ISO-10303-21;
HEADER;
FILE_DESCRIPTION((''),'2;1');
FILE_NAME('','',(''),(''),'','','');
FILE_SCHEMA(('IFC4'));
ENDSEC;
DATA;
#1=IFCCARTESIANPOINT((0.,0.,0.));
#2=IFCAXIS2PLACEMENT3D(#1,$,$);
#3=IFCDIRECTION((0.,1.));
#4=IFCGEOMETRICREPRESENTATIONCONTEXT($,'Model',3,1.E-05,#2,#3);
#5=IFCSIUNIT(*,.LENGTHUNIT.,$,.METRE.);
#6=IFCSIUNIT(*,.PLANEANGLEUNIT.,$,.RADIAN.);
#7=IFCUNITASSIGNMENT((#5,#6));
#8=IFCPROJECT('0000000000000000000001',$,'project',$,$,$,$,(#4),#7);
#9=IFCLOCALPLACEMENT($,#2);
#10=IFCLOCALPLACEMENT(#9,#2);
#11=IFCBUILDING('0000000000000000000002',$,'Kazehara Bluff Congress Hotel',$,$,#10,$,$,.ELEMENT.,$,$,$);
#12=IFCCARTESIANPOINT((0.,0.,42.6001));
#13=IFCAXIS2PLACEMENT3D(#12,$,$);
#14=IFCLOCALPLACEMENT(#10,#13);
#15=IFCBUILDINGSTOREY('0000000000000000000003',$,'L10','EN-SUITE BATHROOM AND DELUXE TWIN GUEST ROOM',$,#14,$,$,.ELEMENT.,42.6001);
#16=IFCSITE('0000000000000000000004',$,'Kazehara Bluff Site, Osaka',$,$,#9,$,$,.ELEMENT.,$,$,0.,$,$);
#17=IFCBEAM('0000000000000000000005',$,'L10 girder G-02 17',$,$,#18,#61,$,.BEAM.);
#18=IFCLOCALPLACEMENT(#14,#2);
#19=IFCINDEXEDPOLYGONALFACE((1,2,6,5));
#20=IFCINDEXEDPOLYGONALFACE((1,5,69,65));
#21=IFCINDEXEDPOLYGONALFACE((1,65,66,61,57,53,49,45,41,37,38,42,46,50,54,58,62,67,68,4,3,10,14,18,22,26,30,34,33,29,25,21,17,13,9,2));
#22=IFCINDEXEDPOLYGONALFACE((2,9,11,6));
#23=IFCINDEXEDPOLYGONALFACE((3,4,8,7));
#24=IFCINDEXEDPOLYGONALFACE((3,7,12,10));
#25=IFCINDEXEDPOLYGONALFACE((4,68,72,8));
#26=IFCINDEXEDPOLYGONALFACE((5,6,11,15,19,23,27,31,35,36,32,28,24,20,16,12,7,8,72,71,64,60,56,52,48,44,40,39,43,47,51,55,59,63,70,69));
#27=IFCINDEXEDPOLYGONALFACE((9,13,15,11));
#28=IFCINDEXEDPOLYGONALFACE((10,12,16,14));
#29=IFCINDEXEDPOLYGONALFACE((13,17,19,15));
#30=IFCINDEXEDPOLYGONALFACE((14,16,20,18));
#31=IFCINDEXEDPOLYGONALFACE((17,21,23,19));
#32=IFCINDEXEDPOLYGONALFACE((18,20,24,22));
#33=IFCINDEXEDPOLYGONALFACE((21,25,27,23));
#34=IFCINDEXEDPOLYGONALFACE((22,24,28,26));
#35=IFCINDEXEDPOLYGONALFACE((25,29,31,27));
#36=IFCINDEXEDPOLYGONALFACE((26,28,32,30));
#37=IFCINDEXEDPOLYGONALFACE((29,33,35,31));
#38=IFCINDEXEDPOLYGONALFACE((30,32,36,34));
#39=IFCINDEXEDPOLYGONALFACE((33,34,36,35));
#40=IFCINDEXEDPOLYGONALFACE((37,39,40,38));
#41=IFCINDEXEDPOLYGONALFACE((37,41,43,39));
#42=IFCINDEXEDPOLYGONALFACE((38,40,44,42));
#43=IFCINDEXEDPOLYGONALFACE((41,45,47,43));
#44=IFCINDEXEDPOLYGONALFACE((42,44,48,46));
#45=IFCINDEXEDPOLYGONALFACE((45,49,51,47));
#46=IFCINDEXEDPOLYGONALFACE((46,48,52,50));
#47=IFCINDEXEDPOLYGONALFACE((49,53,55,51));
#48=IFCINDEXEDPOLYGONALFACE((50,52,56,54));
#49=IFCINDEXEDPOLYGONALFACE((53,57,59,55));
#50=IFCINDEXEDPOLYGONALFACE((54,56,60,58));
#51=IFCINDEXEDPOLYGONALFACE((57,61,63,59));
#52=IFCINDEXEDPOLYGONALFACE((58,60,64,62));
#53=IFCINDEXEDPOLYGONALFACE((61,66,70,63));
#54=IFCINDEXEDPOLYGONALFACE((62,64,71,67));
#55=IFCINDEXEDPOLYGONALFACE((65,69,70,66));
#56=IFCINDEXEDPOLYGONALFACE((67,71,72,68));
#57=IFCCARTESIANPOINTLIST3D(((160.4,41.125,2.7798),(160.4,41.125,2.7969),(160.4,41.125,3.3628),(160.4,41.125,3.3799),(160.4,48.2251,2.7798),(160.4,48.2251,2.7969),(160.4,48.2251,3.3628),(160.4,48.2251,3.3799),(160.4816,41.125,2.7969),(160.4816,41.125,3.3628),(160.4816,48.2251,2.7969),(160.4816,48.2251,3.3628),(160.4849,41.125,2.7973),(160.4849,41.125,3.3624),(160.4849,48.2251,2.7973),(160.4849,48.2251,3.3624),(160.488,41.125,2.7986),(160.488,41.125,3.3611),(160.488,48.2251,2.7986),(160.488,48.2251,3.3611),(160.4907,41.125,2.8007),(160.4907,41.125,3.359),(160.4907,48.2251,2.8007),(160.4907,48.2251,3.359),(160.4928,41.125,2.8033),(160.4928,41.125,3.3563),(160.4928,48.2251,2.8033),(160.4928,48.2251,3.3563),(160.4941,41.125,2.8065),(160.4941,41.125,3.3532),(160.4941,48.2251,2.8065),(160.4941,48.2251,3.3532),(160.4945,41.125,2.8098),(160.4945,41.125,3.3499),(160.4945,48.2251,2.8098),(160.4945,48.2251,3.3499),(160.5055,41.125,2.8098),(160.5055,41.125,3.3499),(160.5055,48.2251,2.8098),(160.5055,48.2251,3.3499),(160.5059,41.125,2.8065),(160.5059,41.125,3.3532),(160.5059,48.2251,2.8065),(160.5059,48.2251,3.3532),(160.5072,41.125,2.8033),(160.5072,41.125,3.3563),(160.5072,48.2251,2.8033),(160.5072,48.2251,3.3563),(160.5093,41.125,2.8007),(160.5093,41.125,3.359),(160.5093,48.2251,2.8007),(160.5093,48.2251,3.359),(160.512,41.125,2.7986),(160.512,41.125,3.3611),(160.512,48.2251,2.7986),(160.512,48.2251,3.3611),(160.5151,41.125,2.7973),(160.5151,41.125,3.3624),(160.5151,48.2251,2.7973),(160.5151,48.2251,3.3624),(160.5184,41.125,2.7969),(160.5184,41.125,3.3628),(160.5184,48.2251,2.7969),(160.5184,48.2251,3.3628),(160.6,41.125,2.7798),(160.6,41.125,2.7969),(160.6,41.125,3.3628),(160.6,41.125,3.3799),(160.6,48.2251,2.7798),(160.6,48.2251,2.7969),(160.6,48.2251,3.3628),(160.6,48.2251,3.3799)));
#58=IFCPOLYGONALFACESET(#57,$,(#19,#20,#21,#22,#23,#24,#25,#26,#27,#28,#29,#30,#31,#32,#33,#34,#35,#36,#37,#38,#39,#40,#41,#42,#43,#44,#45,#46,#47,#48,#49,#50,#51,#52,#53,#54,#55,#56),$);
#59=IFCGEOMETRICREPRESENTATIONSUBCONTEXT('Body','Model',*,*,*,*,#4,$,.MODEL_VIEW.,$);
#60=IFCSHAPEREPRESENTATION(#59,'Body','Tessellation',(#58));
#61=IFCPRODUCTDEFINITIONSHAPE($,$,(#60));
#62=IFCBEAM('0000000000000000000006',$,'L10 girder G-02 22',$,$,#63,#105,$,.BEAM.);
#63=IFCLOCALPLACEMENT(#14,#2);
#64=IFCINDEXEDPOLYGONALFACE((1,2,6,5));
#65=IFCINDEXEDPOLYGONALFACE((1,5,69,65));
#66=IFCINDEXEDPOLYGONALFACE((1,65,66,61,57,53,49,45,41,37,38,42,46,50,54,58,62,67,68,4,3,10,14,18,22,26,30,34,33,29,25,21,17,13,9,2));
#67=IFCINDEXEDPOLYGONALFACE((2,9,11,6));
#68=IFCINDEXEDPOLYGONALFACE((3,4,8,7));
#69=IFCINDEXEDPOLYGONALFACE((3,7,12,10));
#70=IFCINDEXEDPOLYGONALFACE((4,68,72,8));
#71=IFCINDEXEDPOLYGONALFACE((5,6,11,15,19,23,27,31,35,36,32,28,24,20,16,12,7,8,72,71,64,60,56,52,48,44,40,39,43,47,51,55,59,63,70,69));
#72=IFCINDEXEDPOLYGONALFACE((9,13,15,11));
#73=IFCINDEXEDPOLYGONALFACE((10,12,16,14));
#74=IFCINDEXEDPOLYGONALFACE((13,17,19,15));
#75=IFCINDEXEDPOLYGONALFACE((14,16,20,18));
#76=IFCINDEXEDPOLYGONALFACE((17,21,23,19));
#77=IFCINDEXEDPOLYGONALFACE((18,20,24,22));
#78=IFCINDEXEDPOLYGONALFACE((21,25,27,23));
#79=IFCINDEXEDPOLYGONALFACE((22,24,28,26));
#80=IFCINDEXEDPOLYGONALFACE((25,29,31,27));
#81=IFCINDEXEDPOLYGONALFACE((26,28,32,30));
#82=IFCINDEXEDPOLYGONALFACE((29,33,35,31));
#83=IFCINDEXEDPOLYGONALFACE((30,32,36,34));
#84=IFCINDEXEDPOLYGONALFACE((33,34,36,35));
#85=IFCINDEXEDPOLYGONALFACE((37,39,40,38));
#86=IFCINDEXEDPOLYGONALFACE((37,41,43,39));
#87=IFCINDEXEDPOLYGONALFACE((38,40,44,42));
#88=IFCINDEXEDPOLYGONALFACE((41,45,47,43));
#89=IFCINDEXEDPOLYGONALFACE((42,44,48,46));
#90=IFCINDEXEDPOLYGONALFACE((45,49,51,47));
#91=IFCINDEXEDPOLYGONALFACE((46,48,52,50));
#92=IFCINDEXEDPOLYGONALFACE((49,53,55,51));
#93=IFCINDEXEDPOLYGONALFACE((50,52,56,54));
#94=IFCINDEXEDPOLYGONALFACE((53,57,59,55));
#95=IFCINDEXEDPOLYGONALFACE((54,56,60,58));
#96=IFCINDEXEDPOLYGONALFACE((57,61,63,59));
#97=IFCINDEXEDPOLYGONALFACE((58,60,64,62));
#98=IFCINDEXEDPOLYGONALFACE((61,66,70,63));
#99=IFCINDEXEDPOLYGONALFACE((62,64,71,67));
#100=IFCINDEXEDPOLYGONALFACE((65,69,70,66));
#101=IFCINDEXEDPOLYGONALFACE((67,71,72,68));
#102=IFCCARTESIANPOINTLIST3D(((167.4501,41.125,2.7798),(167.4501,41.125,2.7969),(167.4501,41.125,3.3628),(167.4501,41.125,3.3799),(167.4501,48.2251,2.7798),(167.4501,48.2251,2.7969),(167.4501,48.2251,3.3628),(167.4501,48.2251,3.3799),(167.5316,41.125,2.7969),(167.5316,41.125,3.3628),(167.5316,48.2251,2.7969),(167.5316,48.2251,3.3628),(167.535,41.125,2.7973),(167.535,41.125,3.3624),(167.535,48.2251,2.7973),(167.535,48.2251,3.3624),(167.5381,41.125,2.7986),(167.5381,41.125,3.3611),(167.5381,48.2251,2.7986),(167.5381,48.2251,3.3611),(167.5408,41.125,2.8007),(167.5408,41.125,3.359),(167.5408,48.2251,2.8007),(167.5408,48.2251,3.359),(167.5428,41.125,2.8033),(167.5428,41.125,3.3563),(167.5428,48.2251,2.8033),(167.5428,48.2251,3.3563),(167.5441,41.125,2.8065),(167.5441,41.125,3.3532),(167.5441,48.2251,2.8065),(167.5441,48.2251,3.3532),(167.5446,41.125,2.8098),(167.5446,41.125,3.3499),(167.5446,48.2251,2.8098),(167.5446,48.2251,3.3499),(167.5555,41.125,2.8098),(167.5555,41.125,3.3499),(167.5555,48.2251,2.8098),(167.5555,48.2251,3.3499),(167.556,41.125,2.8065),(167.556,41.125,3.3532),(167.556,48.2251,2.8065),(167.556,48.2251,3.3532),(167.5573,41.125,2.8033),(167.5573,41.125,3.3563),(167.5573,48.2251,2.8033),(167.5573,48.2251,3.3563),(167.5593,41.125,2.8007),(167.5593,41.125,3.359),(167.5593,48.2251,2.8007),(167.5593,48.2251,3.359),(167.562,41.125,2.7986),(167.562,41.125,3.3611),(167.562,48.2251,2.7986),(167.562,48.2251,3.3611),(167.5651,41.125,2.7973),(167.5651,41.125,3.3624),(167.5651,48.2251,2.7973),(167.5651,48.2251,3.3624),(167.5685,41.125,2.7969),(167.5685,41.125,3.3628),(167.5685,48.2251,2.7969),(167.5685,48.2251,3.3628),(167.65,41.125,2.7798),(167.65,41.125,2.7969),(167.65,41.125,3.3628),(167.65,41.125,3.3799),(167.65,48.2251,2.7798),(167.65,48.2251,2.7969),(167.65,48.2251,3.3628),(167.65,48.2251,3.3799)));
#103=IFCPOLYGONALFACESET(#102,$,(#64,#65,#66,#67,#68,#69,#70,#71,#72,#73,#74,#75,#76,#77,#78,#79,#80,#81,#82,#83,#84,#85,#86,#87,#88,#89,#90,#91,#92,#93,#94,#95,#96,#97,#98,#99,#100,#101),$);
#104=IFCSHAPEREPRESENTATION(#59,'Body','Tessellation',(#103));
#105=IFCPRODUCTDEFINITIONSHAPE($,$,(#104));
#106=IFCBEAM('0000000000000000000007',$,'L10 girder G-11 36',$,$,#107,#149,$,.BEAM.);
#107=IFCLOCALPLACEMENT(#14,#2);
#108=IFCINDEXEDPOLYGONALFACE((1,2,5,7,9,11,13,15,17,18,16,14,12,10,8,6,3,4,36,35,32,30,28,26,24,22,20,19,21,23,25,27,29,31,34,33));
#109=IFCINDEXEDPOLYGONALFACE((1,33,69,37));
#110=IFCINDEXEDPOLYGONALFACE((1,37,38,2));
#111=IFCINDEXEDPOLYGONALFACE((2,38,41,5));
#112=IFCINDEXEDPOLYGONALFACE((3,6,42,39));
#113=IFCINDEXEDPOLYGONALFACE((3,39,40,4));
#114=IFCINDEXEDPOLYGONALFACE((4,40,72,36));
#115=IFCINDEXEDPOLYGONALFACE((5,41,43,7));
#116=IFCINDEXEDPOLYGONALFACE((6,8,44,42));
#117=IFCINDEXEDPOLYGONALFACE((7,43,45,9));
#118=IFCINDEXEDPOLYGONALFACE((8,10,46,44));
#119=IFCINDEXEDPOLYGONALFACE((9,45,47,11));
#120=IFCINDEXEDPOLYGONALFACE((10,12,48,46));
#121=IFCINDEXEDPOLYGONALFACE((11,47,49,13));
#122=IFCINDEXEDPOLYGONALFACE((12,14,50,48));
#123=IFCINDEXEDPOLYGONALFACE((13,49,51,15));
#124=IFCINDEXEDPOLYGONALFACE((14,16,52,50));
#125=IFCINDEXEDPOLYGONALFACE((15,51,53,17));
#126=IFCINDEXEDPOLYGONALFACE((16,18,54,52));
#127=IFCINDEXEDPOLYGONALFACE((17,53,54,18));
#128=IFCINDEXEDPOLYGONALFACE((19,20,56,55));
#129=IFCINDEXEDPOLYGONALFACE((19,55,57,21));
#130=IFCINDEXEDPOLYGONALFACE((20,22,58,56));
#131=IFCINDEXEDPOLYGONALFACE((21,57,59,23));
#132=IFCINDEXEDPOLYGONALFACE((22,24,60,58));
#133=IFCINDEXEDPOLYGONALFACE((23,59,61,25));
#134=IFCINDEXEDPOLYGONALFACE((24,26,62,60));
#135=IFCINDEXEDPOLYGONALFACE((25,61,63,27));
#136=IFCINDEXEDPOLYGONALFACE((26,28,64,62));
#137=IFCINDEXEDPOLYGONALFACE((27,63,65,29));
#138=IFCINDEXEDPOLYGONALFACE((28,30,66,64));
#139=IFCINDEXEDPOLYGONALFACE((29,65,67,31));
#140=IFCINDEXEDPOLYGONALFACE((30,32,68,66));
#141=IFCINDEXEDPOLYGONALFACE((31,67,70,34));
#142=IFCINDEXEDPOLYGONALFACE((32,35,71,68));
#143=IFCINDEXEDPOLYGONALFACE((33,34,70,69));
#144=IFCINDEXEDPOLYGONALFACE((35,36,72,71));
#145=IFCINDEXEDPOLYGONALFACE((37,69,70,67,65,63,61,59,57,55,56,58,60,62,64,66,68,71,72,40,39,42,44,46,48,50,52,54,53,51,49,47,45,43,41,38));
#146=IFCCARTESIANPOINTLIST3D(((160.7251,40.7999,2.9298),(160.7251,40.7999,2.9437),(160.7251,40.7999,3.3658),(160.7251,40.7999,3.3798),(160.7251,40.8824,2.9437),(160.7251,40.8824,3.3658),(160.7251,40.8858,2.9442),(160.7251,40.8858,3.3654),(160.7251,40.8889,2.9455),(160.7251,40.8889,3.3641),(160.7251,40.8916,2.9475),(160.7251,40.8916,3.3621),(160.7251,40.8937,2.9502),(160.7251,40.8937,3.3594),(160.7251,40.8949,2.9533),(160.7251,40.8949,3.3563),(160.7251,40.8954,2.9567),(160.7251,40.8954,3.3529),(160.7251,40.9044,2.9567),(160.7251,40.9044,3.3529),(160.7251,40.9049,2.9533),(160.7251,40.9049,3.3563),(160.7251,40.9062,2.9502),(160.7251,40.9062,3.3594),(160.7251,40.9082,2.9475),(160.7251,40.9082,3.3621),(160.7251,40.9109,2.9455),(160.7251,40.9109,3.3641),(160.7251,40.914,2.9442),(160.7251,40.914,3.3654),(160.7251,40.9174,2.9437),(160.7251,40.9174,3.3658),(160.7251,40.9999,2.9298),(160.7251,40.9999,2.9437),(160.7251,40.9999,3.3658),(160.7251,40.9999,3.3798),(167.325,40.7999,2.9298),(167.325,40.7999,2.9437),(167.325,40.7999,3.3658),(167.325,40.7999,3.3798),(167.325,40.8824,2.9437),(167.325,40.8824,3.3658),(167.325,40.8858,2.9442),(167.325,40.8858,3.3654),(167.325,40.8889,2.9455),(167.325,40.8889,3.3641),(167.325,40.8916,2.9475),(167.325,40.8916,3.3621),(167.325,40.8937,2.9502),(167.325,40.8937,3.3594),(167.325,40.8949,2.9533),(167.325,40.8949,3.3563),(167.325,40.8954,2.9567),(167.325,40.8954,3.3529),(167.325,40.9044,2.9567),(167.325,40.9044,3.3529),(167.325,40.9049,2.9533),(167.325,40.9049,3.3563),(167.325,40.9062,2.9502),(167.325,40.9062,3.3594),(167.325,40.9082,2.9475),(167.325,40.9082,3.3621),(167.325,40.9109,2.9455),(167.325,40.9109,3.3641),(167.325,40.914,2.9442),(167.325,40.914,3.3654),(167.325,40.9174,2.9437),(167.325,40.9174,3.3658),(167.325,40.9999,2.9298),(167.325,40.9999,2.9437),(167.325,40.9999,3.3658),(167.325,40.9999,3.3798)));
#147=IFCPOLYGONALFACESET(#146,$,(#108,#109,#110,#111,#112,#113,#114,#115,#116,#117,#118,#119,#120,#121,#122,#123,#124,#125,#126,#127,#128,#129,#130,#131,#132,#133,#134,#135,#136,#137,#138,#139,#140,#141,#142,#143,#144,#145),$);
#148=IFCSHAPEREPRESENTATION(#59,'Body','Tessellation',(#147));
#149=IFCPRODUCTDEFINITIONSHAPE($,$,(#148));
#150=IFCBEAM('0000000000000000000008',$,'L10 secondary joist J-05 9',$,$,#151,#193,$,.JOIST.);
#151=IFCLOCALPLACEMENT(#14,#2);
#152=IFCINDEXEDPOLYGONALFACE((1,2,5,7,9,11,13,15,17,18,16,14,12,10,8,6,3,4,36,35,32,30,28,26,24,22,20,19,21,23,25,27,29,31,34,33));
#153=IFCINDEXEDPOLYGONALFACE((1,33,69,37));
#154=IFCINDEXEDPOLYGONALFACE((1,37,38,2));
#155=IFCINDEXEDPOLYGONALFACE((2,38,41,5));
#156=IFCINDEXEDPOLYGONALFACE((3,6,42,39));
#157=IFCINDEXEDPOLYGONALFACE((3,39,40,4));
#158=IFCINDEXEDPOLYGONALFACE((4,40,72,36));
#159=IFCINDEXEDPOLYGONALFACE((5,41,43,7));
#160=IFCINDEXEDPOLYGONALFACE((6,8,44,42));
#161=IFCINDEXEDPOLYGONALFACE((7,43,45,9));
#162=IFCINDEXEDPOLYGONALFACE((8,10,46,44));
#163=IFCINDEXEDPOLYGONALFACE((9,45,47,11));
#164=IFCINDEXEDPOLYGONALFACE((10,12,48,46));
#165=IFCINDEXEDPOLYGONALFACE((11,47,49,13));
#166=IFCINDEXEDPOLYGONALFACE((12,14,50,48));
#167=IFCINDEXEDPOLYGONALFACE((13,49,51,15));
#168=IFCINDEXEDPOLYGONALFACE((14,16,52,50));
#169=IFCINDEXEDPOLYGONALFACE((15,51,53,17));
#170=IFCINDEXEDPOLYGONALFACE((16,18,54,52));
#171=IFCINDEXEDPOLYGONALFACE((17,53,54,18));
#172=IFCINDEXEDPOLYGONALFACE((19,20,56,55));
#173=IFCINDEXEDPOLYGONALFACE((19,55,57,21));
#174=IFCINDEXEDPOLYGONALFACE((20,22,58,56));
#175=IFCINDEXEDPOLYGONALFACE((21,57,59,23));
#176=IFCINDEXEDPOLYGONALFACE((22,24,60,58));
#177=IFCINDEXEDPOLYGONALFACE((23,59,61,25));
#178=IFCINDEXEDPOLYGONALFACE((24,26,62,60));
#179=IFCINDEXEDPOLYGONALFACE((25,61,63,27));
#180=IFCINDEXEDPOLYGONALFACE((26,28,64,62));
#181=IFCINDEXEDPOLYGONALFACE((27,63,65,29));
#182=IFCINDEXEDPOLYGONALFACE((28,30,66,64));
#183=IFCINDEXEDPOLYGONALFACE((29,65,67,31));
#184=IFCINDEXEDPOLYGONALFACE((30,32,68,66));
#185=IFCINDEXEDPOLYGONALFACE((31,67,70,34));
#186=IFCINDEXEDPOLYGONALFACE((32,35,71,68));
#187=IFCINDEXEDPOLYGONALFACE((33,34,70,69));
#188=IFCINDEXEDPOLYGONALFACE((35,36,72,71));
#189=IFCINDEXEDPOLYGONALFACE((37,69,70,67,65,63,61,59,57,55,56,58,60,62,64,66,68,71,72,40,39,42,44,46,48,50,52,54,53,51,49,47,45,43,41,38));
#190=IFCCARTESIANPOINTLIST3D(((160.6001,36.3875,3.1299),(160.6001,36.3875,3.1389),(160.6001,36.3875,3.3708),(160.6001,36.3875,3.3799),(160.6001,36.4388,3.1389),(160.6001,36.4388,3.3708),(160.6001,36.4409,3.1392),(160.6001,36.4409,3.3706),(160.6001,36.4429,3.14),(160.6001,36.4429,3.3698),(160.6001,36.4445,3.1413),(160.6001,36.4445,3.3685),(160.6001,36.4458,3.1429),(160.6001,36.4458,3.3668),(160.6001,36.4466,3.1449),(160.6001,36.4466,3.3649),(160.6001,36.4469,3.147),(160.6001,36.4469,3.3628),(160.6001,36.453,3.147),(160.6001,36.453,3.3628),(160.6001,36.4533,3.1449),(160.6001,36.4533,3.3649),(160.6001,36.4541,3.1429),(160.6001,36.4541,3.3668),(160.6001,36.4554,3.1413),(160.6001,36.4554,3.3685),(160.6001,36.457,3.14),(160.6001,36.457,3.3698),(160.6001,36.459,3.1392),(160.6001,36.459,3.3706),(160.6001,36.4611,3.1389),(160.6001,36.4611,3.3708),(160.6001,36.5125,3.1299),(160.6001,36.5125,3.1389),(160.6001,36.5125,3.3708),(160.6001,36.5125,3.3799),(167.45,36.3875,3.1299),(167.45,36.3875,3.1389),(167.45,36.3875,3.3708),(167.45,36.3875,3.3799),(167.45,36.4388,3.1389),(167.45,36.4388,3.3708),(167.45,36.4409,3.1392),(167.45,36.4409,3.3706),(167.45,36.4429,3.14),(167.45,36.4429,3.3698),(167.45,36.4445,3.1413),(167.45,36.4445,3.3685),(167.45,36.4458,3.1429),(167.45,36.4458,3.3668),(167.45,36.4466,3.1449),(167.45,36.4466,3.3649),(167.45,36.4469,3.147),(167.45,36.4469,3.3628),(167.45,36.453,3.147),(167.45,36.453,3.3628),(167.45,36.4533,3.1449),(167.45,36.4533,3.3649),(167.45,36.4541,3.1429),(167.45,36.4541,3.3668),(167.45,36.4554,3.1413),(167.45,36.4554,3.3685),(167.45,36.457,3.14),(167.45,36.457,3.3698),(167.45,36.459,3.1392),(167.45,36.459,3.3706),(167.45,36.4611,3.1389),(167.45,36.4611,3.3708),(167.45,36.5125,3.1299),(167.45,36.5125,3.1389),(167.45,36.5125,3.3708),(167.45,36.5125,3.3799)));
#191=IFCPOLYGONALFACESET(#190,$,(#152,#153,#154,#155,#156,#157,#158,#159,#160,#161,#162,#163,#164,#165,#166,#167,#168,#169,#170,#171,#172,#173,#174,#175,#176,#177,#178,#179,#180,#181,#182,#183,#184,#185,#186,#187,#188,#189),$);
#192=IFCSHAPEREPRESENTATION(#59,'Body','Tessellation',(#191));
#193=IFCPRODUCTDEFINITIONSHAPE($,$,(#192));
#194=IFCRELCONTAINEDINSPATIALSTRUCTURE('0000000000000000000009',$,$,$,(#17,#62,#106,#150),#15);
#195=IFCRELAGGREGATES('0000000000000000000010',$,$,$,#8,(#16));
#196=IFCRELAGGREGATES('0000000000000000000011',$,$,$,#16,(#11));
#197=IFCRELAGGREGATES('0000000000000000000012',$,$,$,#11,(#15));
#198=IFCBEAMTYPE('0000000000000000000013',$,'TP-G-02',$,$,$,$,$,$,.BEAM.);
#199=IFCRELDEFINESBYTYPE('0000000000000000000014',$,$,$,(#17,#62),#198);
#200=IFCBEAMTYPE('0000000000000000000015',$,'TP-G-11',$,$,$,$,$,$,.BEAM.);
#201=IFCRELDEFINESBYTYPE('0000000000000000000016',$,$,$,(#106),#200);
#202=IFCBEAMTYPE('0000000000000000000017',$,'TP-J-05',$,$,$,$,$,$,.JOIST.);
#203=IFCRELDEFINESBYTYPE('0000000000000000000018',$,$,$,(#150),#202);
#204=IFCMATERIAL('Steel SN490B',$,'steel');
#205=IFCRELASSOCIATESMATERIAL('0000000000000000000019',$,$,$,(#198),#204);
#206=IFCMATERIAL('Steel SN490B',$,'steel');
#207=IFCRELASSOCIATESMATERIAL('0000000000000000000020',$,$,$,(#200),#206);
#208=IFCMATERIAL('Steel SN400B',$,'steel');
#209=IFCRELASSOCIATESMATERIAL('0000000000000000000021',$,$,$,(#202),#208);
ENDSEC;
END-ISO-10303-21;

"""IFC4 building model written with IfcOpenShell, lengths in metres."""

from ifc_helpers import new_model, si_unit, direction, frame, origin, origin_2d, place, context, subcontext, project, spatial, i_section, extrude, material, material_profile, profile_set, type_object, element, save


model = new_model("IFC4")

# Units and contexts
model_context = context("Model", 3, precision=1e-05, world=origin(), true_north=direction((0.0, 1.0)))
body_context = subcontext(model_context, "Body", "Model", "MODEL_VIEW")
ifc_project = project(units=[si_unit("LENGTHUNIT", "METRE"), si_unit("PLANEANGLEUNIT", "RADIAN")], contexts=[model_context])

# Site, building, storey
site_placement = place(None, origin())
site = spatial("IfcSite", under=ifc_project, at=site_placement, Name="Kazehara Bluff Site, Osaka", CompositionType="ELEMENT", RefElevation=0.0)
building_placement = place(site_placement, origin())
building = spatial("IfcBuilding", under=site, at=building_placement, Name="Kazehara Bluff Congress Hotel", CompositionType="ELEMENT")
storey_placement = place(building_placement, frame((0.0, 0.0, 42.6001)))
storey = spatial("IfcBuildingStorey", under=building, at=storey_placement, Name="L10", Description="EN-SUITE BATHROOM AND DELUXE TWIN GUEST ROOM", CompositionType="ELEMENT", Elevation=42.6001)

# Beams
ifc_material_1 = material(Name="Steel SN490B", Category="steel")
ifc_material_profile_1 = material_profile(ifc_material_1, i_section(OverallWidth=0.2, OverallDepth=0.6001, WebThickness=0.011, FlangeThickness=0.0171, FilletRadius=0.0129, at=origin_2d()))
ifc_profile_set_1 = profile_set([ifc_material_profile_1], Name="Steel SN490B")
beam_type_1 = type_object("IfcBeamType", Name="TP-G-02", PredefinedType="BEAM", material=ifc_profile_set_1)
for number, where, z_axis, x_axis, name in (
    (1, (160.5, 41.125, 3.0798), (0.0, 1.0, 0.0), (-1.0, 0.0, 0.0), "L10 girder G-02 17"),
    (2, (167.55, 41.125, 3.0798), (0.0, 1.0, 0.0), (-1.0, 0.0, 0.0), "L10 girder G-02 22"),
):
    element("IfcBeam", number, at=place(storey_placement, frame(where, z_axis=z_axis, x_axis=x_axis)), inside=storey, type_object=beam_type_1, Name=name, PredefinedType="BEAM", context=body_context, shape_type="SweptSolid", body=[
        extrude(i_section(OverallWidth=0.2, OverallDepth=0.6001, WebThickness=0.011, FlangeThickness=0.0171, FilletRadius=0.0129, at=origin_2d()), origin(), (0.0, 0.0, 1.0), 7.1001),
    ])
ifc_material_2 = material(Name="Steel SN490B", Category="steel")
ifc_material_profile_2 = material_profile(ifc_material_2, i_section(OverallWidth=0.2, OverallDepth=0.45, WebThickness=0.009, FlangeThickness=0.0139, FilletRadius=0.0129, at=origin_2d()))
ifc_profile_set_2 = profile_set([ifc_material_profile_2], Name="Steel SN490B")
beam_type_2 = type_object("IfcBeamType", Name="TP-G-11", PredefinedType="BEAM", material=ifc_profile_set_2)
beam_placement = place(storey_placement, frame((160.7251, 40.8999, 3.1548), z_axis=(1.0, 0.0, 0.0), x_axis=(0.0, 1.0, 0.0)))
element("IfcBeam", 3, at=beam_placement, inside=storey, type_object=beam_type_2, Name="L10 girder G-11 36", PredefinedType="BEAM", context=body_context, shape_type="SweptSolid", body=[
    extrude(i_section(OverallWidth=0.2, OverallDepth=0.45, WebThickness=0.009, FlangeThickness=0.0139, FilletRadius=0.0129, at=origin_2d()), origin(), (0.0, 0.0, 1.0), 6.5999),
])
ifc_material_3 = material(Name="Steel SN400B", Category="steel")
ifc_material_profile_3 = material_profile(ifc_material_3, i_section(OverallWidth=0.125, OverallDepth=0.25, WebThickness=0.0061, FlangeThickness=0.009, FilletRadius=0.0081, at=origin_2d()))
ifc_profile_set_3 = profile_set([ifc_material_profile_3], Name="Steel SN400B")
beam_type_3 = type_object("IfcBeamType", Name="TP-J-05", PredefinedType="JOIST", material=ifc_profile_set_3)
for number, where, z_axis, x_axis, name in (
    (4, (160.6001, 36.45, 3.2549), (1.0, 0.0, 0.0), (0.0, 1.0, 0.0), "L10 secondary joist J-05 9"),
):
    element("IfcBeam", number, at=place(storey_placement, frame(where, z_axis=z_axis, x_axis=x_axis)), inside=storey, type_object=beam_type_3, Name=name, PredefinedType="JOIST", context=body_context, shape_type="SweptSolid", body=[
        extrude(i_section(OverallWidth=0.125, OverallDepth=0.25, WebThickness=0.0061, FlangeThickness=0.009, FilletRadius=0.0081, at=origin_2d()), origin(), (0.0, 0.0, 1.0), 6.8499),
    ])

save(model, "model.ifc")
